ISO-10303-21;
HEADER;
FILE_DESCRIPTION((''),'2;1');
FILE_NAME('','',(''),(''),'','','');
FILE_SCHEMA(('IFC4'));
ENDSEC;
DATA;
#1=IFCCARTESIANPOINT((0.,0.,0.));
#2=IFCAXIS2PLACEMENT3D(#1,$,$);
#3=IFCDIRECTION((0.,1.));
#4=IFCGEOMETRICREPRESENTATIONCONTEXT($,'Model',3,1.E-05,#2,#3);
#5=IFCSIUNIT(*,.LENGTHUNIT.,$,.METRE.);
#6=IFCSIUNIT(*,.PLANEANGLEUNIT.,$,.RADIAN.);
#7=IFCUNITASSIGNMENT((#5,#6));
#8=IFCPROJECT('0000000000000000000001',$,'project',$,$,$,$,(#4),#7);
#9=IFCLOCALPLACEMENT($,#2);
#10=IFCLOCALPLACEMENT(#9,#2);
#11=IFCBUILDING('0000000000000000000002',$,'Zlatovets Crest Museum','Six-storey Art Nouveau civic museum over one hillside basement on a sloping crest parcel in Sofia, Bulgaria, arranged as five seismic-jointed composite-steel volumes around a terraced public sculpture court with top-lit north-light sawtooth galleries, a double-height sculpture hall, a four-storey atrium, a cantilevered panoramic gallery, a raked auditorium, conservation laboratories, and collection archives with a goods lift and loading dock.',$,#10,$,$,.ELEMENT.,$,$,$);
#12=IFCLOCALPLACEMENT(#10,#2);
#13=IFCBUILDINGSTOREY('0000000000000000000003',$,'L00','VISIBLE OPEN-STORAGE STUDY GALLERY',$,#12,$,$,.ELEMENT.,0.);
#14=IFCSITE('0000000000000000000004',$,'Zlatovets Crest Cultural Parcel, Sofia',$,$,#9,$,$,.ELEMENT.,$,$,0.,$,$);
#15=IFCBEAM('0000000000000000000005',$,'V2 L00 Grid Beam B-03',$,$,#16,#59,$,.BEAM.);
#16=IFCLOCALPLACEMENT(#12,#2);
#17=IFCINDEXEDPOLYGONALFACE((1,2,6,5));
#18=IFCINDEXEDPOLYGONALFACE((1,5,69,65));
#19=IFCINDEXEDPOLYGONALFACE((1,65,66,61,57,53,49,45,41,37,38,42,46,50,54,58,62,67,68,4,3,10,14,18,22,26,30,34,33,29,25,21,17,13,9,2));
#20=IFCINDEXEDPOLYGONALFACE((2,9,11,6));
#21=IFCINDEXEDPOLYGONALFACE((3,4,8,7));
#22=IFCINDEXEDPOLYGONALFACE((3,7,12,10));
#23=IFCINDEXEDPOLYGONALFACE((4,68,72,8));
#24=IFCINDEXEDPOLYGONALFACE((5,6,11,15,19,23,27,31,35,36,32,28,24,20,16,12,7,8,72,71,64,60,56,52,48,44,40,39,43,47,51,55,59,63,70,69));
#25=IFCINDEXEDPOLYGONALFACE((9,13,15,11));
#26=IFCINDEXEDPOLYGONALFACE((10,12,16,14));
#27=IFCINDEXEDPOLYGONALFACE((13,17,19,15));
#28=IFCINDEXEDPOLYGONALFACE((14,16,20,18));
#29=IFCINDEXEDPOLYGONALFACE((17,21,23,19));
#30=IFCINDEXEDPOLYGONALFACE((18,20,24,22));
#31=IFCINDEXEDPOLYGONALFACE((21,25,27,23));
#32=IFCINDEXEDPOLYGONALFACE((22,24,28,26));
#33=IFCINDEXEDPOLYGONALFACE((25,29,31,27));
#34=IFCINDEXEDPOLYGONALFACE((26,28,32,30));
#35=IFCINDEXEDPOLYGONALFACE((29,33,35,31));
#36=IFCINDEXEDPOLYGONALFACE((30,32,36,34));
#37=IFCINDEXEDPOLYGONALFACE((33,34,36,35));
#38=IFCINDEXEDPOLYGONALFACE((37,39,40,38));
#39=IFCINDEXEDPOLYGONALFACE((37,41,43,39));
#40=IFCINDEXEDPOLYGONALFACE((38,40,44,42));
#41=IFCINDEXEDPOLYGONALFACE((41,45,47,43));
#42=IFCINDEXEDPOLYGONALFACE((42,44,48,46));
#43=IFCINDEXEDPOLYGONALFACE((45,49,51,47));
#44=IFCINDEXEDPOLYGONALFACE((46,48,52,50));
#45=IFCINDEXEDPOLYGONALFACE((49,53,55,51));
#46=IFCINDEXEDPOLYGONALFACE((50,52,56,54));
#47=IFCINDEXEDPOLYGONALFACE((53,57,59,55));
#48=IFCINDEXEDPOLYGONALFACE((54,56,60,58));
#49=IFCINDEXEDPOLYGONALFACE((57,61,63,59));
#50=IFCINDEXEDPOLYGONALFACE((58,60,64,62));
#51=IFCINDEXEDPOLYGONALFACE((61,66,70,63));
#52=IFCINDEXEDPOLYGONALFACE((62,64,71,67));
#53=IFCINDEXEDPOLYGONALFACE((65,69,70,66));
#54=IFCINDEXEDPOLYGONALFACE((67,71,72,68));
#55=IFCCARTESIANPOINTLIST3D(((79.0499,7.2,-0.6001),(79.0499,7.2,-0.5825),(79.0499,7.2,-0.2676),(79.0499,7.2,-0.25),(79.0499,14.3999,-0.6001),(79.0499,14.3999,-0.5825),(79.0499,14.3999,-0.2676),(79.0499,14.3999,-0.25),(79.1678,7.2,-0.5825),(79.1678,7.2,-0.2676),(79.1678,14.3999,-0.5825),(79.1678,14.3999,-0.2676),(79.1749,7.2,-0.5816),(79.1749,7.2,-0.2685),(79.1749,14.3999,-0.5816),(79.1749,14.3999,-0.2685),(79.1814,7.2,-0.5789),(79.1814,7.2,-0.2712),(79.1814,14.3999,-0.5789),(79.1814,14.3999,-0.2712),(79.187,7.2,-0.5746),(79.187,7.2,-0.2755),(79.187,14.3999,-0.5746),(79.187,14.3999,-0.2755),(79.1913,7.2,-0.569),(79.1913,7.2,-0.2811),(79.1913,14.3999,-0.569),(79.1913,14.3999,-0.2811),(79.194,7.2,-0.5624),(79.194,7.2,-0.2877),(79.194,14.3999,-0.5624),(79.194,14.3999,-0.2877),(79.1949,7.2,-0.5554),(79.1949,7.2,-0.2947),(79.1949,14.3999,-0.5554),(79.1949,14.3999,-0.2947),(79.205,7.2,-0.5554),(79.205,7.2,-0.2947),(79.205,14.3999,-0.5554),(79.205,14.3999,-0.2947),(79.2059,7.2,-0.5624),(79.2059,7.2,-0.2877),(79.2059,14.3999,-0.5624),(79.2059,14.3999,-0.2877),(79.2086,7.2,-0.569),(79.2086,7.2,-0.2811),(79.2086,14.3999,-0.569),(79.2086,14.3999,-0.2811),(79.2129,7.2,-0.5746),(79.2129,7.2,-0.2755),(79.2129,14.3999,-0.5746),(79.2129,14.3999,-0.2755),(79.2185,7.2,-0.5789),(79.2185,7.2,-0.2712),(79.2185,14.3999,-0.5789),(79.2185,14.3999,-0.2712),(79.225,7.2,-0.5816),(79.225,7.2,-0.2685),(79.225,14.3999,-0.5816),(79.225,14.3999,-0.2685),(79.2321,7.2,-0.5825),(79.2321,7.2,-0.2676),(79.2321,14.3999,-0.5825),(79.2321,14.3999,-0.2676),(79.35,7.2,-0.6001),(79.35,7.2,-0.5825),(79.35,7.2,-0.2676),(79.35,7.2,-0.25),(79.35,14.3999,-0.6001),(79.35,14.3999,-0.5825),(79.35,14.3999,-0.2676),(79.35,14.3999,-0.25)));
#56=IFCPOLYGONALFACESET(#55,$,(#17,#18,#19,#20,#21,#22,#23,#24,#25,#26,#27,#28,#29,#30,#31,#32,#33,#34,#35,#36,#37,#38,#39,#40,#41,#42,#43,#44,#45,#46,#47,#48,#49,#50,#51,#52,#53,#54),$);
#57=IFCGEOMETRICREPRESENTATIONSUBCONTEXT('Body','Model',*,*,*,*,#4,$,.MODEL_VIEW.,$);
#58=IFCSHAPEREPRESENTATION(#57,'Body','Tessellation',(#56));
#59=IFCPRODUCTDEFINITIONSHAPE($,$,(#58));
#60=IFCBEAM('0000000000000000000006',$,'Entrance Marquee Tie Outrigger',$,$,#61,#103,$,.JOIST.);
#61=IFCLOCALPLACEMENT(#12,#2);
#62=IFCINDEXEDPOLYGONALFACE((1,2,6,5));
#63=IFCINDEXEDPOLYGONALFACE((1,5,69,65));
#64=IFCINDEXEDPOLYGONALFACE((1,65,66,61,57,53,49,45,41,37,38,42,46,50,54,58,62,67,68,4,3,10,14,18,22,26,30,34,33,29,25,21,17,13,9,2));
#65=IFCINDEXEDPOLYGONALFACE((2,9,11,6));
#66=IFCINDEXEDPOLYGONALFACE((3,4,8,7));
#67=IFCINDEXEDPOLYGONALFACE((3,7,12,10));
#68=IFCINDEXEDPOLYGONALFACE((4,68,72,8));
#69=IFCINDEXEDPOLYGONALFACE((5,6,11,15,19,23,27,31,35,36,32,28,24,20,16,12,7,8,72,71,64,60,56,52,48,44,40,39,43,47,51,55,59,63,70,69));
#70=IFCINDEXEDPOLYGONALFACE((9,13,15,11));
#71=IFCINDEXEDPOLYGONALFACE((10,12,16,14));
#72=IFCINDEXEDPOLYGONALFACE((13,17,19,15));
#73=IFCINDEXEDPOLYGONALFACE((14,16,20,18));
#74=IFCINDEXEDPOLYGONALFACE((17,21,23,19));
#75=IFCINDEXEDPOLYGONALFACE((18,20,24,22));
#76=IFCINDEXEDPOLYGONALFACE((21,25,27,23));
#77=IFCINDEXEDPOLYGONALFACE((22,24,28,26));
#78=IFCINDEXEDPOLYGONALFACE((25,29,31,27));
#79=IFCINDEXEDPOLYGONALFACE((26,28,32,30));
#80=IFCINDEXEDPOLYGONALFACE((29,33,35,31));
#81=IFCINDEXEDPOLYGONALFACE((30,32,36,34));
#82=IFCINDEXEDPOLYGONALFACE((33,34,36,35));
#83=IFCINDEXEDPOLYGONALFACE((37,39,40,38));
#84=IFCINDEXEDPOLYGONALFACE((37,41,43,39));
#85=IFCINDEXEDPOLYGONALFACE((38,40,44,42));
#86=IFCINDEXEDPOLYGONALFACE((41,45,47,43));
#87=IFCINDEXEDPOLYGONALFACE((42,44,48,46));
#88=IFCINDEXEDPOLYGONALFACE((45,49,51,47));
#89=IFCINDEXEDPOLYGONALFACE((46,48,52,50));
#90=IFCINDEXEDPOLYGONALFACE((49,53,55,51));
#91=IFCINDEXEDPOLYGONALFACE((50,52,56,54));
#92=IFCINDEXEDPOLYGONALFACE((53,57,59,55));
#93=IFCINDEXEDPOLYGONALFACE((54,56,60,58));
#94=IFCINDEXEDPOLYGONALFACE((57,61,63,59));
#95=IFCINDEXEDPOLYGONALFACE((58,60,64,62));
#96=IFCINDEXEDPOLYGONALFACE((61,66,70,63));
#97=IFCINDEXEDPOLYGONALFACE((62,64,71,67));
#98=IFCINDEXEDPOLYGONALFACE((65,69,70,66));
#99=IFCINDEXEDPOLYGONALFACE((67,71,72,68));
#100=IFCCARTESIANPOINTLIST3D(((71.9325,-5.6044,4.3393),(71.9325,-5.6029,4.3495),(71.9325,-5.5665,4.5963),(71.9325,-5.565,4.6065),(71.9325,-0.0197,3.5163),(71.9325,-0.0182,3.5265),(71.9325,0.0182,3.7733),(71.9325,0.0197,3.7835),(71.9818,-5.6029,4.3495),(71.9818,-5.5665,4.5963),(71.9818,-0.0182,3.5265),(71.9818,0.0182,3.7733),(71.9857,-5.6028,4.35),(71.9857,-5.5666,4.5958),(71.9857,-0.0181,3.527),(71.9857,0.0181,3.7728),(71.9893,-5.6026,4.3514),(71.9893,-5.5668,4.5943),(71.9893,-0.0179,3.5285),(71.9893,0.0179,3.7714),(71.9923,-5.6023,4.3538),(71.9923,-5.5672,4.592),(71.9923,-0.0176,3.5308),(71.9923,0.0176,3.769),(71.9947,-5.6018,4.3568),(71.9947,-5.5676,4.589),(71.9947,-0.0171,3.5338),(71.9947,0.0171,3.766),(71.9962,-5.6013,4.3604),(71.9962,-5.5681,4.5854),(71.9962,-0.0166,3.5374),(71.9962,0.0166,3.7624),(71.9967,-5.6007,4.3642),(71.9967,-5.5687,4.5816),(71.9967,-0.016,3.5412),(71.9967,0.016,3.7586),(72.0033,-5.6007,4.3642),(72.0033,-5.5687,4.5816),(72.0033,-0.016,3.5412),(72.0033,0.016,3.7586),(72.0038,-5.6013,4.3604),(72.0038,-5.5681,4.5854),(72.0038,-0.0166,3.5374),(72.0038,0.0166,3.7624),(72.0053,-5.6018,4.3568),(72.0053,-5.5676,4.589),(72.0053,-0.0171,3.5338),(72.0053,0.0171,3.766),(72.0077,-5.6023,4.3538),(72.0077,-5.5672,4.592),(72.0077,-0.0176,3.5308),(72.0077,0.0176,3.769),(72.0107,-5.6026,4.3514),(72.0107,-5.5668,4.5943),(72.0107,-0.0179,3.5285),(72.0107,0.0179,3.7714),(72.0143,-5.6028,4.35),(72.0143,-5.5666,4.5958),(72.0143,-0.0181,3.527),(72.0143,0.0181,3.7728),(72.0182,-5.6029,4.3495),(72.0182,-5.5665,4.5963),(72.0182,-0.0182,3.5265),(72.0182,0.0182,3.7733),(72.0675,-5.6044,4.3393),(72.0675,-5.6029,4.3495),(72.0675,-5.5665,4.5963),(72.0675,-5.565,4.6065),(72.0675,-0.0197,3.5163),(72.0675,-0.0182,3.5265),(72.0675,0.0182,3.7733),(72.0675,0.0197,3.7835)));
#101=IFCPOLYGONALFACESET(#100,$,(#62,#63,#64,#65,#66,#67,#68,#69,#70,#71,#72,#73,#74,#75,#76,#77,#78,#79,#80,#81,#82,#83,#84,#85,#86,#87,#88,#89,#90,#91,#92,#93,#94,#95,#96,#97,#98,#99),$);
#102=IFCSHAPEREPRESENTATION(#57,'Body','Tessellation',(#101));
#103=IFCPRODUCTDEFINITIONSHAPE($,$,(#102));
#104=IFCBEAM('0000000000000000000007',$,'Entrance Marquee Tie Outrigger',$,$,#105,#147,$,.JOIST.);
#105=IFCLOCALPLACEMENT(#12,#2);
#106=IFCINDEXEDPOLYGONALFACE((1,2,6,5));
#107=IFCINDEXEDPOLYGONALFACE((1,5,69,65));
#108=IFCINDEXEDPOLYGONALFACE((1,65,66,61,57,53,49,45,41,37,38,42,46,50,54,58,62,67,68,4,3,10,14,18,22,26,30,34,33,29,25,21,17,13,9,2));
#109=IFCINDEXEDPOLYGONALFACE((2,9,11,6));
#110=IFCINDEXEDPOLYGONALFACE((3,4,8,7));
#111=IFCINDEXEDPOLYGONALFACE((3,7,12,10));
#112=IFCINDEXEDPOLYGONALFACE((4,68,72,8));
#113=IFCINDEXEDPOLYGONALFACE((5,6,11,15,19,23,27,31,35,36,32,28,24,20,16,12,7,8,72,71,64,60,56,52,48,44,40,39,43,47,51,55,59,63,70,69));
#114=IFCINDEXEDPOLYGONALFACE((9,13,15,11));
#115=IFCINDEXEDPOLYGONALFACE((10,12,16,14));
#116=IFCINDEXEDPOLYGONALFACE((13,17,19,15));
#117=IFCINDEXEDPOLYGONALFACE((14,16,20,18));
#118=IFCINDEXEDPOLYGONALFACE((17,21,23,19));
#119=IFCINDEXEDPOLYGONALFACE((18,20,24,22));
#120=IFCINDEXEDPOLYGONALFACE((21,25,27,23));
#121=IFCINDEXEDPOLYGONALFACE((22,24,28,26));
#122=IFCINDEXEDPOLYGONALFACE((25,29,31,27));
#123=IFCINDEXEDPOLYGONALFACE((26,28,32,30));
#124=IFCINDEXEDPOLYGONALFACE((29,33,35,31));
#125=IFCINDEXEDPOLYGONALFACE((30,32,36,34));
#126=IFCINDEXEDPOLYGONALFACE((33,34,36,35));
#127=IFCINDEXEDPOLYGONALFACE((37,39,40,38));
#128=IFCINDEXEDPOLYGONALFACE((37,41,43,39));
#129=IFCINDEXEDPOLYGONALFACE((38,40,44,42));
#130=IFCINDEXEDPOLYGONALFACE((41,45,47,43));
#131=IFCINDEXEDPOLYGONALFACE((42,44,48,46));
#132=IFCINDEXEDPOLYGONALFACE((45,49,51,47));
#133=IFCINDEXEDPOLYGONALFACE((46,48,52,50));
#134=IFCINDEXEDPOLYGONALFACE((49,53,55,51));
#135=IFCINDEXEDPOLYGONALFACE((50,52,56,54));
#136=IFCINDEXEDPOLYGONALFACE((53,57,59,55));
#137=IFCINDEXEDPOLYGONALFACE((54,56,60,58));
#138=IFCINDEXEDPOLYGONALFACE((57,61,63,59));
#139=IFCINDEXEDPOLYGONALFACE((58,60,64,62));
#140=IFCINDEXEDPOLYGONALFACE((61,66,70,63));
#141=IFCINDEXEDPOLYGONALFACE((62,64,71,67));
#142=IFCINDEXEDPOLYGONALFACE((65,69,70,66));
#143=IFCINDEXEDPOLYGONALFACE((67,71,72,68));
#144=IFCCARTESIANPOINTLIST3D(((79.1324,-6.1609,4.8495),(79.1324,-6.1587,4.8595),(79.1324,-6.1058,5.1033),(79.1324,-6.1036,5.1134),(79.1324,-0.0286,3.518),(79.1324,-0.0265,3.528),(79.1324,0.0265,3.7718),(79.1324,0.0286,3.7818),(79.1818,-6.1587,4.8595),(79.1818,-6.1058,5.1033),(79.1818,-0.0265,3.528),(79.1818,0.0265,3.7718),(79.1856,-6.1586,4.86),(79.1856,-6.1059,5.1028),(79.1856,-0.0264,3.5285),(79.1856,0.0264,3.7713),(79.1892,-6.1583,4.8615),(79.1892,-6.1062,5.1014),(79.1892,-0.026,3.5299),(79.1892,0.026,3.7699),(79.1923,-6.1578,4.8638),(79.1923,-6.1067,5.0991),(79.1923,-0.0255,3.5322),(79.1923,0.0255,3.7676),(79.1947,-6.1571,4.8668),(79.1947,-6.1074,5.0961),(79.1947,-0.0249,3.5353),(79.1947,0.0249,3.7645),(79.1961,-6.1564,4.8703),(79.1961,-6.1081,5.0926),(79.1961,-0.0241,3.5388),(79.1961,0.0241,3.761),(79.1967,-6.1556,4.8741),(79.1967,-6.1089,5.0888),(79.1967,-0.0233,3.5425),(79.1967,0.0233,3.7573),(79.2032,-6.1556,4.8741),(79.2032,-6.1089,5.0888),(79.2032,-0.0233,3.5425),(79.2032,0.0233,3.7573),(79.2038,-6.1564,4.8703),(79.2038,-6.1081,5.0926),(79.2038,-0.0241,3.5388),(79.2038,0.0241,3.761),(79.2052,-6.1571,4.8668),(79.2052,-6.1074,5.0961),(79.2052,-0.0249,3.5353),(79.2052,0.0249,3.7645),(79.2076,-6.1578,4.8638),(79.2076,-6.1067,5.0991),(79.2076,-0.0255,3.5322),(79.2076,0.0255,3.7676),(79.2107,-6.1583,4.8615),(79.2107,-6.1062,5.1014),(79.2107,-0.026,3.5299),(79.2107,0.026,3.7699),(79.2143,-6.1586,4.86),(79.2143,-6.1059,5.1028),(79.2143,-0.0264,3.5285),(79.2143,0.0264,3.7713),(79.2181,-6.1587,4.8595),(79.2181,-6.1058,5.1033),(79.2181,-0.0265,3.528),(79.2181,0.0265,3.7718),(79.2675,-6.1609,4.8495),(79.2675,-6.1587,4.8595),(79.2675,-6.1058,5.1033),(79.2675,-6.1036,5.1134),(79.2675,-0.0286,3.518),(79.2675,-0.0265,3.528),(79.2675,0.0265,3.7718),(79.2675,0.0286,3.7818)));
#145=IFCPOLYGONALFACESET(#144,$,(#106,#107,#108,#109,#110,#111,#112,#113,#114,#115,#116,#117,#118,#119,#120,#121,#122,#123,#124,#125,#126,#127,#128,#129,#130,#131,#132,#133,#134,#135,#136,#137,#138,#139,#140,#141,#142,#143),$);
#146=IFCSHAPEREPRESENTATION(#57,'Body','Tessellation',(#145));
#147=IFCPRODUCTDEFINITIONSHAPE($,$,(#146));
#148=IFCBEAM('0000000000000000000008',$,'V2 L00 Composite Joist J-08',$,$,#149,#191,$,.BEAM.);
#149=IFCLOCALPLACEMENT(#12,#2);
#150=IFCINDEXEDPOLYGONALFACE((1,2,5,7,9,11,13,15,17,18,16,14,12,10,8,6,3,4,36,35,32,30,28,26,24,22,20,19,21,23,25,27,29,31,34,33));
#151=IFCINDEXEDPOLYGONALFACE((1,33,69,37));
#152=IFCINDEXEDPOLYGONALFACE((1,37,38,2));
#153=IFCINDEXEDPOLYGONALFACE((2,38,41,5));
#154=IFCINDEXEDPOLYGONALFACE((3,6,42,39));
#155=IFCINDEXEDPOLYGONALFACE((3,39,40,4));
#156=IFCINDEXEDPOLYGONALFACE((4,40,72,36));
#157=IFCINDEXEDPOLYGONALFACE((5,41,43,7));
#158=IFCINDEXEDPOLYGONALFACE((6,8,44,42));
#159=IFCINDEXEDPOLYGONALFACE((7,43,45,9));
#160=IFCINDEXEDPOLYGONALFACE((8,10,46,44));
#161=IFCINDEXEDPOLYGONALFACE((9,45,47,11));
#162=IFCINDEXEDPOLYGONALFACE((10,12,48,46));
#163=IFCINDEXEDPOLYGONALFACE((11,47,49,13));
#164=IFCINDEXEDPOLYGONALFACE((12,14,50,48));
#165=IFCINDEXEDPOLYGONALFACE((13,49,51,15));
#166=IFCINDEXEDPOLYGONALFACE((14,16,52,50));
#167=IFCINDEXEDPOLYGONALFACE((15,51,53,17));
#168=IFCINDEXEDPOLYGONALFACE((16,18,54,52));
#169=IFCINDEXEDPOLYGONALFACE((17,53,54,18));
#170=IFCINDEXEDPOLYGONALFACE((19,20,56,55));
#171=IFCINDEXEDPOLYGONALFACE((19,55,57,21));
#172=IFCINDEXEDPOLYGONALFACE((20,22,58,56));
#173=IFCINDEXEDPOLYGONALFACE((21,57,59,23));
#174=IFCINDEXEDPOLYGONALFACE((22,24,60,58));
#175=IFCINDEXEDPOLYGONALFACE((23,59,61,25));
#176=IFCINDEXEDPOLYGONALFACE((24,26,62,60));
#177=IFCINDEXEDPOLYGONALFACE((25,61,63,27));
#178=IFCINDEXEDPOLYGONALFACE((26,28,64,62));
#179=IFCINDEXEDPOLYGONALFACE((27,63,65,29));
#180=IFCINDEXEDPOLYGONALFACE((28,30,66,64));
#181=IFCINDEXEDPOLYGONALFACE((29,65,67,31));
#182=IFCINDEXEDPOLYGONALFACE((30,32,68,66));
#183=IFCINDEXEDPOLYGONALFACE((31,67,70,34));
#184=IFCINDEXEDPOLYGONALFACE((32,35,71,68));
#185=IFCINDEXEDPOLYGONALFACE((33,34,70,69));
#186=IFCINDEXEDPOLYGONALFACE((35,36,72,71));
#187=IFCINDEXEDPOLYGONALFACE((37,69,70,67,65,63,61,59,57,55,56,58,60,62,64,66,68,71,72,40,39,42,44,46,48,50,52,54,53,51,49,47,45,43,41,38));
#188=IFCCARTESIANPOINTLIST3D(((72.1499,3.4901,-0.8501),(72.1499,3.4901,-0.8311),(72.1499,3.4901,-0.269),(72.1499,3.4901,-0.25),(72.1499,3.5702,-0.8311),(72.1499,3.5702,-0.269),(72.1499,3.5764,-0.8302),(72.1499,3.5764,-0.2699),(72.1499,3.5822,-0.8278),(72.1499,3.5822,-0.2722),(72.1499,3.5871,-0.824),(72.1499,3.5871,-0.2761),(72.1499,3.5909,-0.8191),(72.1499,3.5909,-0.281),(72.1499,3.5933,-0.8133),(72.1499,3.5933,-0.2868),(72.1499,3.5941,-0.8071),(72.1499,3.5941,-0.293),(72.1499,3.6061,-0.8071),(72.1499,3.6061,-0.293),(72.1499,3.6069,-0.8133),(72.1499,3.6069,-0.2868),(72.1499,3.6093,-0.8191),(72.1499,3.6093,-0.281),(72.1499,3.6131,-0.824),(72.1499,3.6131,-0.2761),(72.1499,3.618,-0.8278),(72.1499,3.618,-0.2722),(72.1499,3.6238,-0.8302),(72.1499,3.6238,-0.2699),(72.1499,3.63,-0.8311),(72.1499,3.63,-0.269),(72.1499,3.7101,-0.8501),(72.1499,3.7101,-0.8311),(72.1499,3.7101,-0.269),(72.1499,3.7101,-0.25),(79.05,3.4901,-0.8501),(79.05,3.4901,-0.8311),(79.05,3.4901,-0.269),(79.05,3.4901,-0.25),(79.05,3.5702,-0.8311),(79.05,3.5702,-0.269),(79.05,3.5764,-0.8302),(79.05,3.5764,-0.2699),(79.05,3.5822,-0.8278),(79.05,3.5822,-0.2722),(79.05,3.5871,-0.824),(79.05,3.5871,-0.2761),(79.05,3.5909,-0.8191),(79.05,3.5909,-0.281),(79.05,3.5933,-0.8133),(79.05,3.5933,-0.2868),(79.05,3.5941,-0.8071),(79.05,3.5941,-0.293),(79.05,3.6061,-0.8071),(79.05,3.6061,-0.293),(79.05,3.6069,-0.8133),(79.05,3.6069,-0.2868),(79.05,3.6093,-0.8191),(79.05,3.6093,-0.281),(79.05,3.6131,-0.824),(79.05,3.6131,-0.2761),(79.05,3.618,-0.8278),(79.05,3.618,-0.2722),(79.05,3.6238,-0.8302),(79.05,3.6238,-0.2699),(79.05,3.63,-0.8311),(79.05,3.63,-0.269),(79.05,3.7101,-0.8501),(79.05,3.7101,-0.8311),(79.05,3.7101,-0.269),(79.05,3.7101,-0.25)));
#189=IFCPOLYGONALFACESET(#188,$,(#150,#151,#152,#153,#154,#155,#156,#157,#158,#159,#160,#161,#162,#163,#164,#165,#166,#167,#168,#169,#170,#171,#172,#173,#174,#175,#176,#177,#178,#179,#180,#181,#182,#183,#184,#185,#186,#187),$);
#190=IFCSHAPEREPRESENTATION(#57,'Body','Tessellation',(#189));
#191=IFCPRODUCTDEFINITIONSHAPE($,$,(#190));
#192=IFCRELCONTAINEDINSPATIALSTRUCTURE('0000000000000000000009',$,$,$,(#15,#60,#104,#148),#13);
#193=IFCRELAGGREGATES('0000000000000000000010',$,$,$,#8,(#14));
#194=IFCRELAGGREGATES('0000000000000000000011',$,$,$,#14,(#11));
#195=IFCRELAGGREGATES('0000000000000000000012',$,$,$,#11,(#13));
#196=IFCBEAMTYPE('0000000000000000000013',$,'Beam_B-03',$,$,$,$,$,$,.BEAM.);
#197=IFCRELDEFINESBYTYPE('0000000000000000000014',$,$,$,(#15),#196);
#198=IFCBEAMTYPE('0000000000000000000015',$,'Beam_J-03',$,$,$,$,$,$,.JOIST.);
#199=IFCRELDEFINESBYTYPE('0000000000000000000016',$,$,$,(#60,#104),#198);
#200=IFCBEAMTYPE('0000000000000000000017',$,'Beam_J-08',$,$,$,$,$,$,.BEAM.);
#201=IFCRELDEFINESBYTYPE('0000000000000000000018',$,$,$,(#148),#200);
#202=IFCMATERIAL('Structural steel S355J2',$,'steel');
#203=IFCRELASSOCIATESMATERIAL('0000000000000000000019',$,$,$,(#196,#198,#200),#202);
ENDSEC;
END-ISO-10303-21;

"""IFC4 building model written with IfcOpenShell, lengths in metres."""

from ifc_helpers import new_model, si_unit, direction, frame, origin, origin_2d, place, context, subcontext, project, spatial, i_section, extrude, material, material_profile, profile_set, type_object, element, save


model = new_model("IFC4")

# Units and contexts
model_context = context("Model", 3, precision=1e-05, world=origin(), true_north=direction((0.0, 1.0)))
body_context = subcontext(model_context, "Body", "Model", "MODEL_VIEW")
ifc_project = project(units=[si_unit("LENGTHUNIT", "METRE"), si_unit("PLANEANGLEUNIT", "RADIAN")], contexts=[model_context])

# Site, building, storey
site_placement = place(None, origin())
site = spatial("IfcSite", under=ifc_project, at=site_placement, Name="Zlatovets Crest Cultural Parcel, Sofia", CompositionType="ELEMENT", RefElevation=0.0)
building_placement = place(site_placement, origin())
building = spatial("IfcBuilding", under=site, at=building_placement, Name="Zlatovets Crest Museum", Description="Six-storey Art Nouveau civic museum over one hillside basement on a sloping crest parcel in Sofia, Bulgaria, arranged as five seismic-jointed composite-steel volumes around a terraced public sculpture court with top-lit north-light sawtooth galleries, a double-height sculpture hall, a four-storey atrium, a cantilevered panoramic gallery, a raked auditorium, conservation laboratories, and collection archives with a goods lift and loading dock.", CompositionType="ELEMENT")
storey_placement = place(building_placement, origin())
storey = spatial("IfcBuildingStorey", under=building, at=storey_placement, Name="L00", Description="VISIBLE OPEN-STORAGE STUDY GALLERY", CompositionType="ELEMENT", Elevation=0.0)

# Shared definitions
ifc_material_1 = material(Name="Structural steel S355J2", Category="steel")

# Beams
ifc_material_profile_1 = material_profile(ifc_material_1, i_section(OverallWidth=0.3, OverallDepth=0.3501, WebThickness=0.01, FlangeThickness=0.0176, FilletRadius=0.0271, at=origin_2d()), Name="HEA 360")
ifc_profile_set_1 = profile_set([ifc_material_profile_1], Name="Structural steel S355J2")
beam_type_1 = type_object("IfcBeamType", Name="Beam_B-03", PredefinedType="BEAM", material=ifc_profile_set_1)
for number, where, z_axis, x_axis, name in (
    (1, (79.2, 7.2, -0.425), (0.0, 1.0, 0.0), (-1.0, 0.0, 0.0), "V2 L00 Grid Beam B-03"),
):
    element("IfcBeam", number, at=place(storey_placement, frame(where, z_axis=z_axis, x_axis=x_axis)), inside=storey, type_object=beam_type_1, Name=name, PredefinedType="BEAM", context=body_context, shape_type="SweptSolid", body=[
        extrude(i_section(OverallWidth=0.3, OverallDepth=0.3501, WebThickness=0.01, FlangeThickness=0.0176, FilletRadius=0.0271, at=origin_2d()), origin(), (0.0, 0.0, 1.0), 7.2),
    ])
ifc_material_profile_2 = material_profile(ifc_material_1, i_section(OverallWidth=0.135, OverallDepth=0.27, WebThickness=0.0066, FlangeThickness=0.0103, FilletRadius=0.0149, at=origin_2d()), Name="IPE 270")
ifc_profile_set_2 = profile_set([ifc_material_profile_2], Name="Structural steel S355J2")
beam_type_2 = type_object("IfcBeamType", Name="Beam_J-03", PredefinedType="JOIST", material=ifc_profile_set_2)
beam_1_placement = place(storey_placement, frame((72.0, 0.0, 3.6499), z_axis=(0.0, -0.989315, 0.145792), x_axis=(1.0, 0.0, 0.0)))
element("IfcBeam", 2, at=beam_1_placement, inside=storey, type_object=beam_type_2, Name="Entrance Marquee Tie Outrigger", PredefinedType="JOIST", context=body_context, shape_type="SweptSolid", body=[
    extrude(i_section(OverallWidth=0.135, OverallDepth=0.27, WebThickness=0.0066, FlangeThickness=0.0103, FilletRadius=0.0149, at=origin_2d()), origin(), (0.0, 0.0, 1.0), 5.645),
])
beam_2_placement = place(storey_placement, frame((79.2, 0.0, 3.6499), z_axis=(0.0, -0.977228, 0.212191), x_axis=(1.0, 0.0, 0.0)))
element("IfcBeam", 3, at=beam_2_placement, inside=storey, type_object=beam_type_2, Name="Entrance Marquee Tie Outrigger", PredefinedType="JOIST", context=body_context, shape_type="SweptSolid", body=[
    extrude(i_section(OverallWidth=0.135, OverallDepth=0.27, WebThickness=0.0066, FlangeThickness=0.0103, FilletRadius=0.0149, at=origin_2d()), origin(), (0.0, 0.0, 1.0), 6.2751),
])
ifc_material_profile_3 = material_profile(ifc_material_1, i_section(OverallWidth=0.22, OverallDepth=0.6001, WebThickness=0.012, FlangeThickness=0.019, FilletRadius=0.0239, at=origin_2d()), Name="IPE 600")
ifc_profile_set_3 = profile_set([ifc_material_profile_3], Name="Structural steel S355J2")
beam_type_3 = type_object("IfcBeamType", Name="Beam_J-08", PredefinedType="BEAM", material=ifc_profile_set_3)
beam_3_placement = place(storey_placement, frame((72.1499, 3.6001, -0.55), z_axis=(1.0, 0.0, 0.0), x_axis=(0.0, 1.0, 0.0)))
element("IfcBeam", 4, at=beam_3_placement, inside=storey, type_object=beam_type_3, Name="V2 L00 Composite Joist J-08", PredefinedType="BEAM", context=body_context, shape_type="SweptSolid", body=[
    extrude(i_section(OverallWidth=0.22, OverallDepth=0.6001, WebThickness=0.012, FlangeThickness=0.019, FilletRadius=0.0239, at=origin_2d()), origin(), (0.0, 0.0, 1.0), 6.9001),
])

save(model, "model.ifc")
